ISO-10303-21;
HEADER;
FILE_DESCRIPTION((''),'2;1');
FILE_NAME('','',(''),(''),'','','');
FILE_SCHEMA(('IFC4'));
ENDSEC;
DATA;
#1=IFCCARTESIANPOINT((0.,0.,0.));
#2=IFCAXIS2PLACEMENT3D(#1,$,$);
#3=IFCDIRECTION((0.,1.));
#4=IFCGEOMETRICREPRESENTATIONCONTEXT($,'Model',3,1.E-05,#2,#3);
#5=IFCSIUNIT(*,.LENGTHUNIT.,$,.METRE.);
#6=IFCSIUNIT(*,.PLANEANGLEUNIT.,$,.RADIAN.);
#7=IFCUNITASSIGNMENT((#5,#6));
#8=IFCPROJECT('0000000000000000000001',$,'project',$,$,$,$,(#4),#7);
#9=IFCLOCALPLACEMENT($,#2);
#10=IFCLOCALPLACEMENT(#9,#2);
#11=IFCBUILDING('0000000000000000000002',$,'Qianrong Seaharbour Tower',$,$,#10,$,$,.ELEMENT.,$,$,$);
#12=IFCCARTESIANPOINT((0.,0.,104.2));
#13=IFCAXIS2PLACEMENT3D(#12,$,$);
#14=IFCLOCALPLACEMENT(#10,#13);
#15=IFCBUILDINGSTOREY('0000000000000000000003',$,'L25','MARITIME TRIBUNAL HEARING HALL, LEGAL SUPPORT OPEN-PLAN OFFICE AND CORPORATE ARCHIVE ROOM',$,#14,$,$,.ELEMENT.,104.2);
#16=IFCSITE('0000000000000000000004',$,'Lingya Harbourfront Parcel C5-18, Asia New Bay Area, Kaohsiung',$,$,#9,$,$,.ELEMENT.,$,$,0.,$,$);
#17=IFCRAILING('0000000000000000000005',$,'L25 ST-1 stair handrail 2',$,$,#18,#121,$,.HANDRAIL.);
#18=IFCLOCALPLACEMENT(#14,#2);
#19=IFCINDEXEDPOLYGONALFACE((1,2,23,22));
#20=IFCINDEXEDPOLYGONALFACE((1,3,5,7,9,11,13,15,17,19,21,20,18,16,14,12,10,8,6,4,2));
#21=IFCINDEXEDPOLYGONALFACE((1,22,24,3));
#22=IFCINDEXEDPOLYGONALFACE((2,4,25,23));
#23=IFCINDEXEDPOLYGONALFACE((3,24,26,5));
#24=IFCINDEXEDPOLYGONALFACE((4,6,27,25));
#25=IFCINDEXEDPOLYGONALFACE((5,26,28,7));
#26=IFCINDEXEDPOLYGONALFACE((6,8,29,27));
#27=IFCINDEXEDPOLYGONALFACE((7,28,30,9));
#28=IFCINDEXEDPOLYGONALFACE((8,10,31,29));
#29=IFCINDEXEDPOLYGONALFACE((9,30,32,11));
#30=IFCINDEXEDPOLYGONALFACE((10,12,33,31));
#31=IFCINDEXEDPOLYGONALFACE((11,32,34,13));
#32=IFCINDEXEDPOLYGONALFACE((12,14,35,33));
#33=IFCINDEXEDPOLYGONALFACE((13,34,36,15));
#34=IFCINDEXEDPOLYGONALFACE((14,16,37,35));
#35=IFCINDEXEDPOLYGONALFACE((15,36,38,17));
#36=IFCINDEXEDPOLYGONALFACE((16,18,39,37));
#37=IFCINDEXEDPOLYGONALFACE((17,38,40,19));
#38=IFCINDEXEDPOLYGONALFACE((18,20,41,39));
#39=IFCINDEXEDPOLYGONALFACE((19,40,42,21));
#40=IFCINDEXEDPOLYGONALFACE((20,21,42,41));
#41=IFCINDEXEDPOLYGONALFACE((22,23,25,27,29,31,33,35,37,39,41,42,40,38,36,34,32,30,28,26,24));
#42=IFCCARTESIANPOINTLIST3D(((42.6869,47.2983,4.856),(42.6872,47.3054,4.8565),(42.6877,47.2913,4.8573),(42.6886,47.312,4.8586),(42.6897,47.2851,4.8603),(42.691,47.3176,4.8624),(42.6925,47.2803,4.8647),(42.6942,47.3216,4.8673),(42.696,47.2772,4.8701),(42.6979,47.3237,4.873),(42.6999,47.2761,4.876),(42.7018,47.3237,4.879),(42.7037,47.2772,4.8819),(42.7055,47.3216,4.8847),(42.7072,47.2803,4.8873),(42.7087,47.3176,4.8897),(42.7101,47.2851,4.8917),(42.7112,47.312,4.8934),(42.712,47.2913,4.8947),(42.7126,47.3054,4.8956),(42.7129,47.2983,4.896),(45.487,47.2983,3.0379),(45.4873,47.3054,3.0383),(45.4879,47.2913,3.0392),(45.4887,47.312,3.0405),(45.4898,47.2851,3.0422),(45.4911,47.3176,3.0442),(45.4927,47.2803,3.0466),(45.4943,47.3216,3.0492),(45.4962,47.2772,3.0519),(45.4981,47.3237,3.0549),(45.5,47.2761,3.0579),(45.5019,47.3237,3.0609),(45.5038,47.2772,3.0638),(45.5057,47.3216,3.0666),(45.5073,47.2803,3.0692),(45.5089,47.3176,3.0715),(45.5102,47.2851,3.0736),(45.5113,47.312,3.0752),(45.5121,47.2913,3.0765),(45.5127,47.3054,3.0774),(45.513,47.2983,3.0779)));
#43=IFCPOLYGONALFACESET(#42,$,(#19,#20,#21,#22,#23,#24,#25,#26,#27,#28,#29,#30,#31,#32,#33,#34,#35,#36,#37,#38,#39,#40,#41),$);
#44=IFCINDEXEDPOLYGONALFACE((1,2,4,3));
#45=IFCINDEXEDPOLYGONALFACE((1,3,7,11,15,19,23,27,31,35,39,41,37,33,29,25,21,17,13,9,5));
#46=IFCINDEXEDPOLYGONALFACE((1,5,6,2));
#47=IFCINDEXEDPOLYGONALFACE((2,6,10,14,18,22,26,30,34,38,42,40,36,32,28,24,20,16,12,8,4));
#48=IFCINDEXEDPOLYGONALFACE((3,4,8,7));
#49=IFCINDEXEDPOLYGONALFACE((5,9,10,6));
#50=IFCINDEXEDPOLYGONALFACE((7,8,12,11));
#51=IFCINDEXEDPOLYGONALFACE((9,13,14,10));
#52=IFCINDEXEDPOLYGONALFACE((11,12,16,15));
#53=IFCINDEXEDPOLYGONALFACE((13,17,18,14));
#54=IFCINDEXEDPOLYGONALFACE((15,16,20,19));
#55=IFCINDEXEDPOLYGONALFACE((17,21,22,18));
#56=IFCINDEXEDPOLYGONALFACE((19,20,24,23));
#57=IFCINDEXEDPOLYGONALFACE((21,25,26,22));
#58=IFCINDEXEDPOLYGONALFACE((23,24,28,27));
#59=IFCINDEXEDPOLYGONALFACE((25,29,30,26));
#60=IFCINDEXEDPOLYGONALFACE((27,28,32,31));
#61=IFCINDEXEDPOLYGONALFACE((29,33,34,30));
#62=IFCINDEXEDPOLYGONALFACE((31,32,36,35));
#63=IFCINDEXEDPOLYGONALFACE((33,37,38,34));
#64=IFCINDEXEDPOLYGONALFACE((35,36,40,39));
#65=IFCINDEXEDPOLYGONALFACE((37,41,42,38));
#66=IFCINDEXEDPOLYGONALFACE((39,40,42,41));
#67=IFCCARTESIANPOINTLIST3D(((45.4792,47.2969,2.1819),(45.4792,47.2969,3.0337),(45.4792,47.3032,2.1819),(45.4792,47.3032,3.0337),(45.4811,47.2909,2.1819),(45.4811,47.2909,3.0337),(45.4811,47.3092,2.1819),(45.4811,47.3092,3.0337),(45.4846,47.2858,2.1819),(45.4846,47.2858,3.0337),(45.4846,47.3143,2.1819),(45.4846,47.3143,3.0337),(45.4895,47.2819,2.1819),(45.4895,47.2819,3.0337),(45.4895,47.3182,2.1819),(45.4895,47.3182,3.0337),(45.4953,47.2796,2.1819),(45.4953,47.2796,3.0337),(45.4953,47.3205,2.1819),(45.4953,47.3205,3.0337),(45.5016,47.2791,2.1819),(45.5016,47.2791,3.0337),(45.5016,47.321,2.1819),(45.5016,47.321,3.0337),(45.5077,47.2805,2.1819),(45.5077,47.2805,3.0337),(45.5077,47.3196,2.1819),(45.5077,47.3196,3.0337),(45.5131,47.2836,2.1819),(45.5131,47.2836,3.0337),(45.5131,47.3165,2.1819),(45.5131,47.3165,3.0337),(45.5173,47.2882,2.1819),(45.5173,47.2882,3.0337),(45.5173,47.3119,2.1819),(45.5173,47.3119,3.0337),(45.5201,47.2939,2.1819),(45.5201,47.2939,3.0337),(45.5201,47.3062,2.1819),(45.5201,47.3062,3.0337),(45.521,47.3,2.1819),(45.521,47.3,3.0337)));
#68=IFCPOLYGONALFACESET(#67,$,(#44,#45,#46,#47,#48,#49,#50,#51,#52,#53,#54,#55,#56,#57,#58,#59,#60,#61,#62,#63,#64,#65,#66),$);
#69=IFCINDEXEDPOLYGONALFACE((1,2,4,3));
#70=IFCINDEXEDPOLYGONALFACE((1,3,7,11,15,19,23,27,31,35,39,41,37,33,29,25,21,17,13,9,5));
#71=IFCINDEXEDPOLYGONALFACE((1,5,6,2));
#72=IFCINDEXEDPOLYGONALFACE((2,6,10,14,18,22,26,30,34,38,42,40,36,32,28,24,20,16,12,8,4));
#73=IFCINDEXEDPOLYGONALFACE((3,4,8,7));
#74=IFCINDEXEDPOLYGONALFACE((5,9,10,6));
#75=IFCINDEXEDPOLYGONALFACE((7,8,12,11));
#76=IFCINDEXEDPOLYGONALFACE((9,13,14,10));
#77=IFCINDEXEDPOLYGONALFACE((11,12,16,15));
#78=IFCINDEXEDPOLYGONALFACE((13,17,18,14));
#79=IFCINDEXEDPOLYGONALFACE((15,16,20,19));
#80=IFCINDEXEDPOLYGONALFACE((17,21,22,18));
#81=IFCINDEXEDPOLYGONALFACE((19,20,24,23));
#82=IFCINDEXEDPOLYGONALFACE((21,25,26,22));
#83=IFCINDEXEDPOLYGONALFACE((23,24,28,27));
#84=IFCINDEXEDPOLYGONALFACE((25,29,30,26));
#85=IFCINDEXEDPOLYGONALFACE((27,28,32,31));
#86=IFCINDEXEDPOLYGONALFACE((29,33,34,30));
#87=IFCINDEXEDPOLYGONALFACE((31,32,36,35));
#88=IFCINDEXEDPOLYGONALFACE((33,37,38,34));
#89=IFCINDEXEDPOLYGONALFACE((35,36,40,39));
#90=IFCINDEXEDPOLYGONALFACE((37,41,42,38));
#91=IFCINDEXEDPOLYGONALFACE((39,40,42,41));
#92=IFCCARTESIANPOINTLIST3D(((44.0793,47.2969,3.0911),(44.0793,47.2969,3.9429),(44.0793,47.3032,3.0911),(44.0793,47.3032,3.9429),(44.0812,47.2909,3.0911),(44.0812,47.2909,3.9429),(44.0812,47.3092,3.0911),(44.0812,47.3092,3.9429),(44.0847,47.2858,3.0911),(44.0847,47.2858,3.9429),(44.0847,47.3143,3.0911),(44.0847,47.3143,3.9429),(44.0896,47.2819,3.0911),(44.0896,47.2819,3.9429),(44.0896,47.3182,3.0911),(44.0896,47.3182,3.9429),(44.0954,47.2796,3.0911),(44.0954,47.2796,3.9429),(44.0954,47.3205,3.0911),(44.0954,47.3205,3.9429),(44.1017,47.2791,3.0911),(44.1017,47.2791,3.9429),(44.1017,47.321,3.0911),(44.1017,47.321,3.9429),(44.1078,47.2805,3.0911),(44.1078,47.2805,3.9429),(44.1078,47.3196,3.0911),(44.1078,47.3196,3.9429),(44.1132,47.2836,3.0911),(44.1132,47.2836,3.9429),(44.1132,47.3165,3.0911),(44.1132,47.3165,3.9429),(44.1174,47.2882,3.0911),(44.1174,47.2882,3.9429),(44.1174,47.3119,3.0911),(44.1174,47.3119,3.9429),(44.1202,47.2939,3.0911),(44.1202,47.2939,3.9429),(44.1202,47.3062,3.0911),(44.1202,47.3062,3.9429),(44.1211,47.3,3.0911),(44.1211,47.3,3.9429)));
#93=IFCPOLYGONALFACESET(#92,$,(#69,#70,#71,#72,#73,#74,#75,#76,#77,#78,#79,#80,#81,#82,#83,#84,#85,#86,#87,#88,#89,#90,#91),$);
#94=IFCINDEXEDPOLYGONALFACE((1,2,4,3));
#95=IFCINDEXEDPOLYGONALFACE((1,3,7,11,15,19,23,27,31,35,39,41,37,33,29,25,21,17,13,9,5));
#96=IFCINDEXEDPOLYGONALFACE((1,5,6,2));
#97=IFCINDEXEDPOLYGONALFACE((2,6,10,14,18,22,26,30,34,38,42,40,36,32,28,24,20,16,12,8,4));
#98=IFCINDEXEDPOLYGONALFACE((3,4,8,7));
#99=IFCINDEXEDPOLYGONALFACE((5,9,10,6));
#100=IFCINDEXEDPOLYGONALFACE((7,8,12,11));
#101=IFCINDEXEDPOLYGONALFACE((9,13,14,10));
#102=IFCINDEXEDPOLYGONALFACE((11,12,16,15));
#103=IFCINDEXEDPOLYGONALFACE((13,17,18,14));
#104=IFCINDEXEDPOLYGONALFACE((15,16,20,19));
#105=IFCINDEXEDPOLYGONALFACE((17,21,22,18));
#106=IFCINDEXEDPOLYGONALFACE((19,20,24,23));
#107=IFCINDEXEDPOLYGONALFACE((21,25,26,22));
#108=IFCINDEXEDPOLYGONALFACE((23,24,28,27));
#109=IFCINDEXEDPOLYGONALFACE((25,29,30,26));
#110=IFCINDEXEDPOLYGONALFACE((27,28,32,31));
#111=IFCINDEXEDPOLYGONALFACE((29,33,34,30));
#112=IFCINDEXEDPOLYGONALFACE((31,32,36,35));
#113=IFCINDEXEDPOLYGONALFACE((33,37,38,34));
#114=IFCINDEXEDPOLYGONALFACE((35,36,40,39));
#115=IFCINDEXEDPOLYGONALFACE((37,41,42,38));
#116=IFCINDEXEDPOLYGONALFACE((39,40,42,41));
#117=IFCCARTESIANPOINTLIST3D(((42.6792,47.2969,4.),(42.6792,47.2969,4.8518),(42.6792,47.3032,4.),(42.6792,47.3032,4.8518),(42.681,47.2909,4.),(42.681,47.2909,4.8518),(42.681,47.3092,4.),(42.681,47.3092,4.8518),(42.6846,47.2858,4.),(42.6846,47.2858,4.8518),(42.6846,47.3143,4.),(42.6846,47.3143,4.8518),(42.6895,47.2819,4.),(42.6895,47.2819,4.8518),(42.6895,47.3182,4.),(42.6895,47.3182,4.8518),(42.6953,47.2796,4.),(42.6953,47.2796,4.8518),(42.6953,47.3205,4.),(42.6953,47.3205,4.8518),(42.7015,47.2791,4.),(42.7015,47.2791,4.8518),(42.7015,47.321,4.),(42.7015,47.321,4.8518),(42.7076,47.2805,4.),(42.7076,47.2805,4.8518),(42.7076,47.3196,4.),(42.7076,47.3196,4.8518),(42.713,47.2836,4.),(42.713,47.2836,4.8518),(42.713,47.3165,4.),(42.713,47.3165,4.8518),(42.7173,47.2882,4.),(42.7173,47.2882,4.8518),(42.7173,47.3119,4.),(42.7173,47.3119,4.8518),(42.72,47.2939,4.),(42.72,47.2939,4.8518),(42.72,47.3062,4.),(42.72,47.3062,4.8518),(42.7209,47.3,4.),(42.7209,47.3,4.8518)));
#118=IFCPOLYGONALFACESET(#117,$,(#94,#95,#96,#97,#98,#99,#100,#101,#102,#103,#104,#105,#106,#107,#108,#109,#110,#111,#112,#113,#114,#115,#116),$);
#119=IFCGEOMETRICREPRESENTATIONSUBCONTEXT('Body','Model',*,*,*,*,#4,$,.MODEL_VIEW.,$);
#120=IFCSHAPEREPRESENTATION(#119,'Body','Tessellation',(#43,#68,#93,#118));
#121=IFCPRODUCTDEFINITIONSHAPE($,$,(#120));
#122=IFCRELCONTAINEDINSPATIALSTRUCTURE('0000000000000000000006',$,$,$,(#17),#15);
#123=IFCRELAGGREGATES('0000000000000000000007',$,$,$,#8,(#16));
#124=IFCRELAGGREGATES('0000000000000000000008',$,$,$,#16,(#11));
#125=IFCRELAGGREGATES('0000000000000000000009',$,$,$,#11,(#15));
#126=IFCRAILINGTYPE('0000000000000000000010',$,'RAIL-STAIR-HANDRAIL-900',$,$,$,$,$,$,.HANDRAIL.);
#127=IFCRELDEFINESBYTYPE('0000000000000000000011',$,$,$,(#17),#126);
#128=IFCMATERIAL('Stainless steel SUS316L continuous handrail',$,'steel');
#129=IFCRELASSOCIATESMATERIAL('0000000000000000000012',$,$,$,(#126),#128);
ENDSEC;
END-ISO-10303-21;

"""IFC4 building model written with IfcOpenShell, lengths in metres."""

from ifc_helpers import new_model, si_unit, direction, frame, origin, origin_2d, place, context, subcontext, project, spatial, circle, extrude, material, type_object, element, save


model = new_model("IFC4")

# Units and contexts
model_context = context("Model", 3, precision=1e-05, world=origin(), true_north=direction((0.0, 1.0)))
body_context = subcontext(model_context, "Body", "Model", "MODEL_VIEW")
ifc_project = project(units=[si_unit("LENGTHUNIT", "METRE"), si_unit("PLANEANGLEUNIT", "RADIAN")], contexts=[model_context])

# Site, building, storey
site_placement = place(None, origin())
site = spatial("IfcSite", under=ifc_project, at=site_placement, Name="Lingya Harbourfront Parcel C5-18, Asia New Bay Area, Kaohsiung", CompositionType="ELEMENT", RefElevation=0.0)
building_placement = place(site_placement, origin())
building = spatial("IfcBuilding", under=site, at=building_placement, Name="Qianrong Seaharbour Tower", CompositionType="ELEMENT")
storey_placement = place(building_placement, frame((0.0, 0.0, 104.2)))
storey = spatial("IfcBuildingStorey", under=building, at=storey_placement, Name="L25", Description="MARITIME TRIBUNAL HEARING HALL, LEGAL SUPPORT OPEN-PLAN OFFICE AND CORPORATE ARCHIVE ROOM", CompositionType="ELEMENT", Elevation=104.2)

# Railing
ifc_material_1 = material(Name="Stainless steel SUS316L continuous handrail", Category="steel")
railing_type_1 = type_object("IfcRailingType", Name="RAIL-STAIR-HANDRAIL-900", PredefinedType="HANDRAIL", material=ifc_material_1)
railing_1_placement = place(storey_placement, frame((45.5, 47.3, 2.1819)))
element("IfcRailing", 1, at=railing_1_placement, inside=storey, type_object=railing_type_1, Name="L25 ST-1 stair handrail 2", PredefinedType="HANDRAIL", context=body_context, shape_type="SweptSolid", body=[
    extrude(circle(Radius=0.0239, at=origin_2d()), frame((0.0, 0.0, 0.876), z_axis=(-0.838706, 0.0, 0.544585), x_axis=(0.0, -1.0, 0.0)), (0.0, 0.0, 1.0), 3.3386),
    extrude(circle(Radius=0.021, at=origin_2d()), origin(), (0.0, 0.0, 1.0), 0.8518),
    extrude(circle(Radius=0.021, at=origin_2d()), frame((-1.3999, 0.0, 0.9092)), (0.0, 0.0, 1.0), 0.8518),
    extrude(circle(Radius=0.021, at=origin_2d()), frame((-2.8, 0.0, 1.8181)), (0.0, 0.0, 1.0), 0.8518),
])

save(model, "model.ifc")
